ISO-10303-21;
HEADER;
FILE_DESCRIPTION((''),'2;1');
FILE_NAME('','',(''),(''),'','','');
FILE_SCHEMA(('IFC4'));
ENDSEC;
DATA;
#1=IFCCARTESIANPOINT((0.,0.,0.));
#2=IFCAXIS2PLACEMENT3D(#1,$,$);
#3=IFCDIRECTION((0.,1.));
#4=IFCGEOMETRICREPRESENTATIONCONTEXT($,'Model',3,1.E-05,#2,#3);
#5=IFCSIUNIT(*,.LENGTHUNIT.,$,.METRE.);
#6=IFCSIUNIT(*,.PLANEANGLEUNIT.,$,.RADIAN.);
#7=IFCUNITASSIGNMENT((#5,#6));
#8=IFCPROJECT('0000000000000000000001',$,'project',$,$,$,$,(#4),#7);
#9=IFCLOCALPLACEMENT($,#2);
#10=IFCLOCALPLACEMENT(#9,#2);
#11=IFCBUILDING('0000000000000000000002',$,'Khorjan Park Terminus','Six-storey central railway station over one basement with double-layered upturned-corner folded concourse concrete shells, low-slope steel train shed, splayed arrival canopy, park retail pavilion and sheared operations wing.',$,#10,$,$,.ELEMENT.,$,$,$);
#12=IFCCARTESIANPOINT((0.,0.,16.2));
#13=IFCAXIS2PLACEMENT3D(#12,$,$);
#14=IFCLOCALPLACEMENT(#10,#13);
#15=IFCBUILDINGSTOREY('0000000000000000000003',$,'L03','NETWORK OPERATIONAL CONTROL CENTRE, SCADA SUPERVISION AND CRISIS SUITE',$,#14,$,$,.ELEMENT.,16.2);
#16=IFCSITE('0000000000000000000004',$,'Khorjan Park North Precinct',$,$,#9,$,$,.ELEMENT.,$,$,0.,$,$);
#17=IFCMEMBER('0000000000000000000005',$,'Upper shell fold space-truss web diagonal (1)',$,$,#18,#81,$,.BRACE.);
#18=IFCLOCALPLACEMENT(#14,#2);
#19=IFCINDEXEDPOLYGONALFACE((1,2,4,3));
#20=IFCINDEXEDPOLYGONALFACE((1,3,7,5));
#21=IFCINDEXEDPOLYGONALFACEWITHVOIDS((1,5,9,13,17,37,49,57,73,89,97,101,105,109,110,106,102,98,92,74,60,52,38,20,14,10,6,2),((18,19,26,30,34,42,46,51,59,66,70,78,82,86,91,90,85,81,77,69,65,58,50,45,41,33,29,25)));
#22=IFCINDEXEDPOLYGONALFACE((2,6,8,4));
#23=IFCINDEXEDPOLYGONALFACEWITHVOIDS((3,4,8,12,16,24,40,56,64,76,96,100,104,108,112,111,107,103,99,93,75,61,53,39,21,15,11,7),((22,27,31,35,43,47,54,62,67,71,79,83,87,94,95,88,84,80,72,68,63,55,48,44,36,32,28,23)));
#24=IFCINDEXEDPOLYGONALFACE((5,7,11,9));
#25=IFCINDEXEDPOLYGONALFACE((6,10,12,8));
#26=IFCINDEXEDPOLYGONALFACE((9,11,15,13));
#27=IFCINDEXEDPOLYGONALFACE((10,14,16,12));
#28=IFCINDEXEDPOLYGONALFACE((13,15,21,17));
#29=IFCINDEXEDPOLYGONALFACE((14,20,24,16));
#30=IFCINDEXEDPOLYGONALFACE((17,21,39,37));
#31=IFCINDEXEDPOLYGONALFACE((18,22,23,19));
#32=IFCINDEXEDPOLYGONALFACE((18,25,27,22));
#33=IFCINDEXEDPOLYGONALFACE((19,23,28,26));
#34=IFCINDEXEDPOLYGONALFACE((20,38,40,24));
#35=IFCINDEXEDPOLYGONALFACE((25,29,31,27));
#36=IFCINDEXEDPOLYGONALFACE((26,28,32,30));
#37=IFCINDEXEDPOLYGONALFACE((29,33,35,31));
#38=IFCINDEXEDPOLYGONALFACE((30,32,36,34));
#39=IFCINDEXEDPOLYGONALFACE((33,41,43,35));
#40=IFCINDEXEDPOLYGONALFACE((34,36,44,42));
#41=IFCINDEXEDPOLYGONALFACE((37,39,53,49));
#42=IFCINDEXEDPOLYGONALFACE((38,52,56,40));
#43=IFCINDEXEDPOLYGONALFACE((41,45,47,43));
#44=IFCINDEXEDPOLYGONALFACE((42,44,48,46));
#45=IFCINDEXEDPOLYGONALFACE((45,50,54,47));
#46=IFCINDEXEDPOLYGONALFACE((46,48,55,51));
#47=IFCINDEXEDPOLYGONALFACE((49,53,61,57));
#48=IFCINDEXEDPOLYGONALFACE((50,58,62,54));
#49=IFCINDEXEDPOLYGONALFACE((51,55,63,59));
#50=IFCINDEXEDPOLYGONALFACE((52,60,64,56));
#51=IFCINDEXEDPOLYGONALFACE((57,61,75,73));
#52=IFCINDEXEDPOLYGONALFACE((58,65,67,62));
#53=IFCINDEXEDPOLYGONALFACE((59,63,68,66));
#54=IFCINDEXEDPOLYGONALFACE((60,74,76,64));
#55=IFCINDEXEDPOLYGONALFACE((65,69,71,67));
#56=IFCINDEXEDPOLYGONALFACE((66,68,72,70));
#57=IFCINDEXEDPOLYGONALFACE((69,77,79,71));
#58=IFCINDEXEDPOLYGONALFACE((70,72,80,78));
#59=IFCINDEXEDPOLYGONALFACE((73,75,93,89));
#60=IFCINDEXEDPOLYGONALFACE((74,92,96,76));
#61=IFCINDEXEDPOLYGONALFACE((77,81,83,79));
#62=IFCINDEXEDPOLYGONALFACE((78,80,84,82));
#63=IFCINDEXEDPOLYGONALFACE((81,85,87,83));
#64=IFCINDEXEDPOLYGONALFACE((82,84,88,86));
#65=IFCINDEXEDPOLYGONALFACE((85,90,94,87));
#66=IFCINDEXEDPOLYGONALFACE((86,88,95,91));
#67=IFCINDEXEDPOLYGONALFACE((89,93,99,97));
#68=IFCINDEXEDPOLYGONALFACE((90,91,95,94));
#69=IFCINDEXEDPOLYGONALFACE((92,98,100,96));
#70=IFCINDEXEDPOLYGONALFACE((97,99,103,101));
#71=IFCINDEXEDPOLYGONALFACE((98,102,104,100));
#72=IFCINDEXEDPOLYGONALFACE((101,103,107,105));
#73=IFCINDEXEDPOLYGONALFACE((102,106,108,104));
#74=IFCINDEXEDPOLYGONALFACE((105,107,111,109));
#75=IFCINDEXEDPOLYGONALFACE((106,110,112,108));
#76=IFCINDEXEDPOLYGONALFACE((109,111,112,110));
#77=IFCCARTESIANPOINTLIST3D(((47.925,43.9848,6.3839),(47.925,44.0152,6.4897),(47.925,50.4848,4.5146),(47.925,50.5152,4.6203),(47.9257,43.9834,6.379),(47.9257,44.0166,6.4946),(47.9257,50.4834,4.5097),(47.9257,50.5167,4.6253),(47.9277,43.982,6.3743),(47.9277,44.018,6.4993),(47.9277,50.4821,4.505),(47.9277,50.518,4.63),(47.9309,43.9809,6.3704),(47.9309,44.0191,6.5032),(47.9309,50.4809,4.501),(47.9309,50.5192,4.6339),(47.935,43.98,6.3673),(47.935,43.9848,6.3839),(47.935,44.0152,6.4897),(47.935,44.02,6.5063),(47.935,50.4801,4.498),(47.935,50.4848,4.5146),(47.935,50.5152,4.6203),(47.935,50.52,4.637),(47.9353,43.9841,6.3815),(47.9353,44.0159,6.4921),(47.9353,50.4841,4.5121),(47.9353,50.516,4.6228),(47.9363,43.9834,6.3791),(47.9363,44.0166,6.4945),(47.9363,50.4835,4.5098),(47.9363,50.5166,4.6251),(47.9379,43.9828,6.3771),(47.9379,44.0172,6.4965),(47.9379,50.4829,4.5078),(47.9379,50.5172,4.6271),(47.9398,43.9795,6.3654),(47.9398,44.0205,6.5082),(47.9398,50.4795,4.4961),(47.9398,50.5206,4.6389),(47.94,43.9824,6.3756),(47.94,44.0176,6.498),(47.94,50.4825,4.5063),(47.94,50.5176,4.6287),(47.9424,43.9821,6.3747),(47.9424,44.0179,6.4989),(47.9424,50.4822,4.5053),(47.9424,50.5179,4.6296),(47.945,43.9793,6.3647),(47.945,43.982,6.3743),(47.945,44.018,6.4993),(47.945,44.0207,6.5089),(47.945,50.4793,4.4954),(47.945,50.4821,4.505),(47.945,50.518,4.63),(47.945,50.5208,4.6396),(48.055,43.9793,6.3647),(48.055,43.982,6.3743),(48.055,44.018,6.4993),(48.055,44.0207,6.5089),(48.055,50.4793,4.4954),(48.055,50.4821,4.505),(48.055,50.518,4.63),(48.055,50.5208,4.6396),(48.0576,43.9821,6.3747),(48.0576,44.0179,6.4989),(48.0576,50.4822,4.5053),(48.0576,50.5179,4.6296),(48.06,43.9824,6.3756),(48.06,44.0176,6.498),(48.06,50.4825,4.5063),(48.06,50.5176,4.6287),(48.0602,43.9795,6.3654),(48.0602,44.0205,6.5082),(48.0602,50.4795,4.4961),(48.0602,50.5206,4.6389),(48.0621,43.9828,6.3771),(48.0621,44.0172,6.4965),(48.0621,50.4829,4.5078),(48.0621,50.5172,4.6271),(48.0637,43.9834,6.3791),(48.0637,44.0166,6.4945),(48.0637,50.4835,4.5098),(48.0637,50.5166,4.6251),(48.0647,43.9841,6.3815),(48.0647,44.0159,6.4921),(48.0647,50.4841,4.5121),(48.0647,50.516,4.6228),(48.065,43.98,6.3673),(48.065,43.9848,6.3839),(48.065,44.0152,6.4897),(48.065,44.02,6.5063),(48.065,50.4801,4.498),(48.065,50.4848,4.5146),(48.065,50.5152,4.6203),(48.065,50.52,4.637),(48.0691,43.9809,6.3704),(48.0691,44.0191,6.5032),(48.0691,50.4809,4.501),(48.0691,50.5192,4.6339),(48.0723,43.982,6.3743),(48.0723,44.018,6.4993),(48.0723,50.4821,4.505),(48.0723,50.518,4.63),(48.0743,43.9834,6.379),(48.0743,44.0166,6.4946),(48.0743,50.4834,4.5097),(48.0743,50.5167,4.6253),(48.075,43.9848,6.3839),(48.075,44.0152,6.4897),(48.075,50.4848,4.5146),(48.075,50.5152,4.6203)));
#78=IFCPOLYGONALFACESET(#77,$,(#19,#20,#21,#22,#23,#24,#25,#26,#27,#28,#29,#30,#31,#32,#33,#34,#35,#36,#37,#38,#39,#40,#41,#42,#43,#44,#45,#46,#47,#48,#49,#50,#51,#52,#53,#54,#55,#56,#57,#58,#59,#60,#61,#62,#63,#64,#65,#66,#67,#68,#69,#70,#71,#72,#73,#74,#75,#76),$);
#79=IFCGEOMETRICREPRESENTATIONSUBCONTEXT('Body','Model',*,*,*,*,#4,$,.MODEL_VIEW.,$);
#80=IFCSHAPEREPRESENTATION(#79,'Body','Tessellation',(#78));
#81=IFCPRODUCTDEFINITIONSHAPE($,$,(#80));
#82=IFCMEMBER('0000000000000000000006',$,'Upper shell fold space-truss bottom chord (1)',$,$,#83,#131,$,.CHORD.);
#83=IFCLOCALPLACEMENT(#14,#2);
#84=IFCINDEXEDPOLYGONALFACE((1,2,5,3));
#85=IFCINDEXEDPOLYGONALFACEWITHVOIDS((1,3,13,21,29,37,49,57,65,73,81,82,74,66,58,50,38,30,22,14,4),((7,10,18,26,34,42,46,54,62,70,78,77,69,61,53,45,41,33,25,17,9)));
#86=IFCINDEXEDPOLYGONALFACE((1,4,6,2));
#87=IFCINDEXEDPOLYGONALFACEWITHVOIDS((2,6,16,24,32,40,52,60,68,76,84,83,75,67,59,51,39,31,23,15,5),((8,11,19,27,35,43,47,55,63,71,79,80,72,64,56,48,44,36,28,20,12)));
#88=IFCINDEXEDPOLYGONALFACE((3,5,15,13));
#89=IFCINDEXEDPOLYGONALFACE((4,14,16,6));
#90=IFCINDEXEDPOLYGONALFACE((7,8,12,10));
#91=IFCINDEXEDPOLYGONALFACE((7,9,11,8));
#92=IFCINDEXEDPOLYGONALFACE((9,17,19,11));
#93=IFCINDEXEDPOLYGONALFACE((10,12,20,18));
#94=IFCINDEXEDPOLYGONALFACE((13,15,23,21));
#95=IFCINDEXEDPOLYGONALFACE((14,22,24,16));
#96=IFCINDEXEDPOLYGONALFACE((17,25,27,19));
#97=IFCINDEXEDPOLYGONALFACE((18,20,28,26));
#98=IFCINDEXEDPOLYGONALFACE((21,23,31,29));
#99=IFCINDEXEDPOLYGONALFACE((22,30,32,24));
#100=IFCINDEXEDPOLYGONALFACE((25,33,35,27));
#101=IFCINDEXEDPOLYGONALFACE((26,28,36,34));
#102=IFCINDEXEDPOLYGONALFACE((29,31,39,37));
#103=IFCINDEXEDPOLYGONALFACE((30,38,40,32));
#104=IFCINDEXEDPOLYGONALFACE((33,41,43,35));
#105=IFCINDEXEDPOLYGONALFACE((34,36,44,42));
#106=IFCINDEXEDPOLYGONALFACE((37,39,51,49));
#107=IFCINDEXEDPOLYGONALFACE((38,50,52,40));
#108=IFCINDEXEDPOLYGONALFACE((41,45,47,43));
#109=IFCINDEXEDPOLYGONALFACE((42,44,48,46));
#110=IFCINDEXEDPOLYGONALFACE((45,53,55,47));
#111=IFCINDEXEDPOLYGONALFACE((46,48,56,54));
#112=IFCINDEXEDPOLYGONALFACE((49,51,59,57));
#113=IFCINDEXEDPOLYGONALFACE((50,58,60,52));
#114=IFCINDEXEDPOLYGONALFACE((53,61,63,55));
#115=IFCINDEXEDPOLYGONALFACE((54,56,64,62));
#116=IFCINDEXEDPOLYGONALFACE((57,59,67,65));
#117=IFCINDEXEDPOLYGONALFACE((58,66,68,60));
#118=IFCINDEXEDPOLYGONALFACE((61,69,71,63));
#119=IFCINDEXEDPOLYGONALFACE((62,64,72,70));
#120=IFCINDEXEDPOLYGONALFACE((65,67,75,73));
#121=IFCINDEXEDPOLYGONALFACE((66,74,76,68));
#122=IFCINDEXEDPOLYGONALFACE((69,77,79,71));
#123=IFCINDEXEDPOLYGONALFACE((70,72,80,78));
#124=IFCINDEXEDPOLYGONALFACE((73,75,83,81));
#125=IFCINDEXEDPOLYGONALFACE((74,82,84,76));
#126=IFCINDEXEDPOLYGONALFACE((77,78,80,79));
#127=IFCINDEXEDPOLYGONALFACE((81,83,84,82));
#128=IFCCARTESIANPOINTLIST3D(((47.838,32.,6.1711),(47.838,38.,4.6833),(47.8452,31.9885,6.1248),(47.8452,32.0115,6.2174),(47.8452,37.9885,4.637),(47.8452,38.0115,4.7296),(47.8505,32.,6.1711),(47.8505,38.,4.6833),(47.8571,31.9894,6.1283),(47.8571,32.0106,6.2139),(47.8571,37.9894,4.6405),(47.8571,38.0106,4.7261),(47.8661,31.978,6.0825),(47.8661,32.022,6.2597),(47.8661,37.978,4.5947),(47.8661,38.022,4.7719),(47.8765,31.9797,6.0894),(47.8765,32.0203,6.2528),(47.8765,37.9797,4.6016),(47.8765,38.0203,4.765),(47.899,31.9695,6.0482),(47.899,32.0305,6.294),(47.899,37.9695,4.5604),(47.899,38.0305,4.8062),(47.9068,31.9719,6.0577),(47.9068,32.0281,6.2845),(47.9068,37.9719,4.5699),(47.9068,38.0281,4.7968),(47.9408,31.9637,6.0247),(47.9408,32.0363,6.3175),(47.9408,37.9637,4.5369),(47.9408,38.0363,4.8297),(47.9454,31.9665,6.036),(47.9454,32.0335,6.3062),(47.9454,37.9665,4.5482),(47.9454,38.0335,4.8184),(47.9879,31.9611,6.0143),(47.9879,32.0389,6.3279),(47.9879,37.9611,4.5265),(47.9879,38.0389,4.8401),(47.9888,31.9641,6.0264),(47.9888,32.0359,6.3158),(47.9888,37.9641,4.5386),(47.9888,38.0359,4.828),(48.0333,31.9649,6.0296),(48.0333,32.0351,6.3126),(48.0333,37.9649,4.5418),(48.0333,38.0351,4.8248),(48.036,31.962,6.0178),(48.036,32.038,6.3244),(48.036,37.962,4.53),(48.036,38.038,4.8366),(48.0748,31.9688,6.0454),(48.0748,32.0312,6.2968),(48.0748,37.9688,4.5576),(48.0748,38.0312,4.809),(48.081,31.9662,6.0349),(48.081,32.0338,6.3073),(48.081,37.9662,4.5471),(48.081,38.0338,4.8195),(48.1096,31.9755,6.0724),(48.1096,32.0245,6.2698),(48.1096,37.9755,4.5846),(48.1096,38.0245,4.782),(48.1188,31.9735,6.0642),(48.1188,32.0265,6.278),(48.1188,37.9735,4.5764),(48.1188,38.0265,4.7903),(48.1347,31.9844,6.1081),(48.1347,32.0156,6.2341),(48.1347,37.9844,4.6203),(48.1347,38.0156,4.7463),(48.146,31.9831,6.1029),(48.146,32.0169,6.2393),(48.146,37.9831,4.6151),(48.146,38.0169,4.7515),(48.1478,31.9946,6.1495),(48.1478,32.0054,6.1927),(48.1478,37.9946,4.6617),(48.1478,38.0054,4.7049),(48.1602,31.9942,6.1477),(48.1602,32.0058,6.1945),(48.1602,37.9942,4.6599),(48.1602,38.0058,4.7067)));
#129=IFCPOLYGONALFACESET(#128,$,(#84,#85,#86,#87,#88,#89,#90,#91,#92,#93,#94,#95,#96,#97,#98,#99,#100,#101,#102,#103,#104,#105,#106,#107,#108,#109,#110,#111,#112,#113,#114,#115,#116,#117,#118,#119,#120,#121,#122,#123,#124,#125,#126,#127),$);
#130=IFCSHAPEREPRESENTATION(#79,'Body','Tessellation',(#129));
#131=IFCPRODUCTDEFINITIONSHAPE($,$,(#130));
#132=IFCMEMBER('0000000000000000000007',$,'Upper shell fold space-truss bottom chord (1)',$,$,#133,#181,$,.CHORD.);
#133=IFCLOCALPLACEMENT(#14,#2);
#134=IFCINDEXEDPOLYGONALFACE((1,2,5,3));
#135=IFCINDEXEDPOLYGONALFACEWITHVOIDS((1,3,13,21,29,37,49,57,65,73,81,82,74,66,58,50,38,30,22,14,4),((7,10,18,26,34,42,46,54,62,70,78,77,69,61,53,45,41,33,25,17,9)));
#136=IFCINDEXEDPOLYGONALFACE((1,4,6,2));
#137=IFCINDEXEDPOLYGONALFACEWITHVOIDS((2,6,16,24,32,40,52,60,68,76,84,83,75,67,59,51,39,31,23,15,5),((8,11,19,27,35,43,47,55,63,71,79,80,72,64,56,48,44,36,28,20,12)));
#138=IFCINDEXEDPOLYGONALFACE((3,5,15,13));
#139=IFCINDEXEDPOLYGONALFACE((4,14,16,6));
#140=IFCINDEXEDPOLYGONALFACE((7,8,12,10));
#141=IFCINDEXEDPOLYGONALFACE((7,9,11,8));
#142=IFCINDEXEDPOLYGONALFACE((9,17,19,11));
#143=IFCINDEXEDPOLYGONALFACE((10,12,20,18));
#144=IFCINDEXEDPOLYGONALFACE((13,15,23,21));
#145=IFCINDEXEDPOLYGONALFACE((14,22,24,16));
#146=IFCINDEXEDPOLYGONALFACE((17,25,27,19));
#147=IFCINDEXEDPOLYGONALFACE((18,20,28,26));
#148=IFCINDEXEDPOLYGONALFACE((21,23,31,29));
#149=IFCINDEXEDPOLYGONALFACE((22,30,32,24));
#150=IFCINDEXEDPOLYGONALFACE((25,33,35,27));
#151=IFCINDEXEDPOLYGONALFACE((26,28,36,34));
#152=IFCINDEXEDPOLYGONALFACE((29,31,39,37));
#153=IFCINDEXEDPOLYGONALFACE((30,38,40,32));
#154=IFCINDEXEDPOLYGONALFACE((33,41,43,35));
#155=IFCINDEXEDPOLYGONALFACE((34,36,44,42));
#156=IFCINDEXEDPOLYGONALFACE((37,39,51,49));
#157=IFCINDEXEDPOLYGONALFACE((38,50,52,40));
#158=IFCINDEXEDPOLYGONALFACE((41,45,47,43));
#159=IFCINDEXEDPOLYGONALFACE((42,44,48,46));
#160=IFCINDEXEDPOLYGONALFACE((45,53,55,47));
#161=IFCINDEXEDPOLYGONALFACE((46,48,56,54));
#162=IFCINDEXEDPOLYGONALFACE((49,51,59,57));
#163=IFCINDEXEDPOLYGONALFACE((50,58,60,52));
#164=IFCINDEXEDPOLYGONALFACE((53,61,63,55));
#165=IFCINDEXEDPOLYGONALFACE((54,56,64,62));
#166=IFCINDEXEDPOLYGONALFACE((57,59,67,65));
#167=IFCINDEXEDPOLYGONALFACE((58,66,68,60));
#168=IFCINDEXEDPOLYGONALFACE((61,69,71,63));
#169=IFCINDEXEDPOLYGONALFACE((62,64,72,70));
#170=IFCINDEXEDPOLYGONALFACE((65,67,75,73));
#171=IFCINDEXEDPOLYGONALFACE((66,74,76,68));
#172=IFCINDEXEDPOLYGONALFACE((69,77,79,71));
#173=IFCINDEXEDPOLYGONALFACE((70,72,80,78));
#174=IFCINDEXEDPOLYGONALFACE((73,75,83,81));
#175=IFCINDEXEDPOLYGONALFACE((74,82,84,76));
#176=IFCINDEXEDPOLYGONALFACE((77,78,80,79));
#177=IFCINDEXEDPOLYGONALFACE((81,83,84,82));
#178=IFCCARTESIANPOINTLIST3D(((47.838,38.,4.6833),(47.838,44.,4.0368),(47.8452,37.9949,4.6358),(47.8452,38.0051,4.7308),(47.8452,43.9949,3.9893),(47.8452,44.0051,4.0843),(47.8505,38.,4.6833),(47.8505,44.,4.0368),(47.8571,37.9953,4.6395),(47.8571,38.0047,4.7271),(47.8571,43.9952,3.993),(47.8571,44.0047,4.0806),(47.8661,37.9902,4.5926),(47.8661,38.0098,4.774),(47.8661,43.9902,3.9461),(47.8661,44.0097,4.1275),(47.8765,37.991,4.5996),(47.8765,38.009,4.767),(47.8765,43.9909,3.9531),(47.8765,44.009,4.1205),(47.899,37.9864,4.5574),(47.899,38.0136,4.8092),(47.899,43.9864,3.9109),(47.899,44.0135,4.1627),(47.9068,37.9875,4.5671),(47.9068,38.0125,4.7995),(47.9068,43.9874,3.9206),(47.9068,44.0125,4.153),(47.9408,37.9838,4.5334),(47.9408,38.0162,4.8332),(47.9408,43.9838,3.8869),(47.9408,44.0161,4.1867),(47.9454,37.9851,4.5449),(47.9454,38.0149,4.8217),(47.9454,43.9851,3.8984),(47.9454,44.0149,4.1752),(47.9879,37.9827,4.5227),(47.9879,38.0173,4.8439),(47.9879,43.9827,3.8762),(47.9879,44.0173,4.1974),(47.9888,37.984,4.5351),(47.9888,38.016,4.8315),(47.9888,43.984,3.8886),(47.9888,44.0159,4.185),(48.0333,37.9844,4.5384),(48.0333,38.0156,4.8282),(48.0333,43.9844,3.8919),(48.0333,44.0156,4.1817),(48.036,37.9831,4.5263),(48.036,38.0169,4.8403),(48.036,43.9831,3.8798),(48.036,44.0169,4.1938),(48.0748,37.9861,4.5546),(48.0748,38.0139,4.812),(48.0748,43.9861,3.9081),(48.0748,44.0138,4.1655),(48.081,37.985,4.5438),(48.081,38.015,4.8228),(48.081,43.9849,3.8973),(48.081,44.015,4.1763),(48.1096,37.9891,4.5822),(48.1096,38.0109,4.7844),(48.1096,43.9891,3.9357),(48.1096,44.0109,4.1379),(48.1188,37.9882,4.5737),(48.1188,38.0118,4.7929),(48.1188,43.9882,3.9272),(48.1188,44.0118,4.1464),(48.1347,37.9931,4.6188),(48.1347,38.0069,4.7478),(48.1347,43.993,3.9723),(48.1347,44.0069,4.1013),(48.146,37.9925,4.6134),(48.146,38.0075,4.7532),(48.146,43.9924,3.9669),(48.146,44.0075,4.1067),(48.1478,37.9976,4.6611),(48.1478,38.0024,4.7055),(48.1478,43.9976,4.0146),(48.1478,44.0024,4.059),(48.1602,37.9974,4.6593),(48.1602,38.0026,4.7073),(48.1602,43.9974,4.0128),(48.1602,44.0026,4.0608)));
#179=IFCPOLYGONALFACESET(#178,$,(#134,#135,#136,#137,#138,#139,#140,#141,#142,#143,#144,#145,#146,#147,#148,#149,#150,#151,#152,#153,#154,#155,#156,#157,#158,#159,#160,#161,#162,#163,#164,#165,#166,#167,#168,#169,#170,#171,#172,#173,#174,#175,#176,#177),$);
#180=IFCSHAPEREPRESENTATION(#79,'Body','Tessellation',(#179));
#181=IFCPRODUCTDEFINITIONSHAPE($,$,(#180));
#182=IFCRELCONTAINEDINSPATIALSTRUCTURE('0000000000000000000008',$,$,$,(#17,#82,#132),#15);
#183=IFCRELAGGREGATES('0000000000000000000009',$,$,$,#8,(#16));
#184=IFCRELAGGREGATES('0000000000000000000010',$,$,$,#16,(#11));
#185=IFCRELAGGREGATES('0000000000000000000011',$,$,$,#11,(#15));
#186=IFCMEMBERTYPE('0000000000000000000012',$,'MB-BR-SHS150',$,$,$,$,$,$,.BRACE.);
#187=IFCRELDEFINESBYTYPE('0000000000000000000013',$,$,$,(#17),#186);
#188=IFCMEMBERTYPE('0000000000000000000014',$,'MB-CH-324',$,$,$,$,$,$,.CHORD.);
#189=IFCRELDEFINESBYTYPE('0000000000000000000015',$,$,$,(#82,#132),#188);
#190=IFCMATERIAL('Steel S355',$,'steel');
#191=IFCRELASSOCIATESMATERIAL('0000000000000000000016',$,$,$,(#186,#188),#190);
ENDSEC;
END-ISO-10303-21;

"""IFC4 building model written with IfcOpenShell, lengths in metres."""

from ifc_helpers import new_model, si_unit, direction, frame, origin, origin_2d, place, context, subcontext, project, spatial, hollow_rectangle, hollow_circle, extrude, material, material_profile, profile_set, type_object, element, save


model = new_model("IFC4")

# Units and contexts
model_context = context("Model", 3, precision=1e-05, world=origin(), true_north=direction((0.0, 1.0)))
body_context = subcontext(model_context, "Body", "Model", "MODEL_VIEW")
ifc_project = project(units=[si_unit("LENGTHUNIT", "METRE"), si_unit("PLANEANGLEUNIT", "RADIAN")], contexts=[model_context])

# Site, building, storey
site_placement = place(None, origin())
site = spatial("IfcSite", under=ifc_project, at=site_placement, Name="Khorjan Park North Precinct", CompositionType="ELEMENT", RefElevation=0.0)
building_placement = place(site_placement, origin())
building = spatial("IfcBuilding", under=site, at=building_placement, Name="Khorjan Park Terminus", Description="Six-storey central railway station over one basement with double-layered upturned-corner folded concourse concrete shells, low-slope steel train shed, splayed arrival canopy, park retail pavilion and sheared operations wing.", CompositionType="ELEMENT")
storey_placement = place(building_placement, frame((0.0, 0.0, 16.2)))
storey = spatial("IfcBuildingStorey", under=building, at=storey_placement, Name="L03", Description="NETWORK OPERATIONAL CONTROL CENTRE, SCADA SUPERVISION AND CRISIS SUITE", CompositionType="ELEMENT", Elevation=16.2)

# Members
ifc_material_1 = material(Name="Steel S355", Category="steel")
ifc_material_profile_1 = material_profile(ifc_material_1, hollow_rectangle(XDim=0.15, YDim=0.15, WallThickness=0.01, InnerFilletRadius=0.01, OuterFilletRadius=0.02, at=origin_2d()), Name="SHS 150x150x10")
ifc_profile_set_1 = profile_set([ifc_material_profile_1], Name="Steel S355")
member_type_1 = type_object("IfcMemberType", Name="MB-BR-SHS150", PredefinedType="BRACE", material=ifc_profile_set_1)
member_1_placement = place(storey_placement, frame((48.0, 44.0, 6.4368), z_axis=(0.0, 0.961048, -0.276383), x_axis=(-1.0, 0.0, 0.0)))
element("IfcMember", 1, at=member_1_placement, inside=storey, type_object=member_type_1, Name="Upper shell fold space-truss web diagonal (1)", PredefinedType="BRACE", context=body_context, shape_type="SweptSolid", body=[
    extrude(hollow_rectangle(XDim=0.15, YDim=0.15, WallThickness=0.01, InnerFilletRadius=0.01, OuterFilletRadius=0.02, at=origin_2d()), origin(), (0.0, 0.0, 1.0), 6.7635),
])
ifc_material_profile_2 = material_profile(ifc_material_1, hollow_circle(Radius=0.162, WallThickness=0.0125, at=origin_2d()), Name="CHS 323.9x12.5")
ifc_profile_set_2 = profile_set([ifc_material_profile_2], Name="Steel S355")
member_type_2 = type_object("IfcMemberType", Name="MB-CH-324", PredefinedType="CHORD", material=ifc_profile_set_2)
member_2_placement = place(storey_placement, frame((48.0, 32.0, 6.1711), z_axis=(0.0, 0.970605, -0.240678), x_axis=(-1.0, 0.0, 0.0)))
element("IfcMember", 2, at=member_2_placement, inside=storey, type_object=member_type_2, Name="Upper shell fold space-truss bottom chord (1)", PredefinedType="CHORD", context=body_context, shape_type="SweptSolid", body=[
    extrude(hollow_circle(Radius=0.162, WallThickness=0.0125, at=origin_2d()), origin(), (0.0, 0.0, 1.0), 6.1817),
])
member_3_placement = place(storey_placement, frame((48.0, 38.0, 4.6833), z_axis=(0.0, 0.994245, -0.10713), x_axis=(-1.0, 0.0, 0.0)))
element("IfcMember", 3, at=member_3_placement, inside=storey, type_object=member_type_2, Name="Upper shell fold space-truss bottom chord (1)", PredefinedType="CHORD", context=body_context, shape_type="SweptSolid", body=[
    extrude(hollow_circle(Radius=0.162, WallThickness=0.0125, at=origin_2d()), origin(), (0.0, 0.0, 1.0), 6.0347),
])

save(model, "model.ifc")
